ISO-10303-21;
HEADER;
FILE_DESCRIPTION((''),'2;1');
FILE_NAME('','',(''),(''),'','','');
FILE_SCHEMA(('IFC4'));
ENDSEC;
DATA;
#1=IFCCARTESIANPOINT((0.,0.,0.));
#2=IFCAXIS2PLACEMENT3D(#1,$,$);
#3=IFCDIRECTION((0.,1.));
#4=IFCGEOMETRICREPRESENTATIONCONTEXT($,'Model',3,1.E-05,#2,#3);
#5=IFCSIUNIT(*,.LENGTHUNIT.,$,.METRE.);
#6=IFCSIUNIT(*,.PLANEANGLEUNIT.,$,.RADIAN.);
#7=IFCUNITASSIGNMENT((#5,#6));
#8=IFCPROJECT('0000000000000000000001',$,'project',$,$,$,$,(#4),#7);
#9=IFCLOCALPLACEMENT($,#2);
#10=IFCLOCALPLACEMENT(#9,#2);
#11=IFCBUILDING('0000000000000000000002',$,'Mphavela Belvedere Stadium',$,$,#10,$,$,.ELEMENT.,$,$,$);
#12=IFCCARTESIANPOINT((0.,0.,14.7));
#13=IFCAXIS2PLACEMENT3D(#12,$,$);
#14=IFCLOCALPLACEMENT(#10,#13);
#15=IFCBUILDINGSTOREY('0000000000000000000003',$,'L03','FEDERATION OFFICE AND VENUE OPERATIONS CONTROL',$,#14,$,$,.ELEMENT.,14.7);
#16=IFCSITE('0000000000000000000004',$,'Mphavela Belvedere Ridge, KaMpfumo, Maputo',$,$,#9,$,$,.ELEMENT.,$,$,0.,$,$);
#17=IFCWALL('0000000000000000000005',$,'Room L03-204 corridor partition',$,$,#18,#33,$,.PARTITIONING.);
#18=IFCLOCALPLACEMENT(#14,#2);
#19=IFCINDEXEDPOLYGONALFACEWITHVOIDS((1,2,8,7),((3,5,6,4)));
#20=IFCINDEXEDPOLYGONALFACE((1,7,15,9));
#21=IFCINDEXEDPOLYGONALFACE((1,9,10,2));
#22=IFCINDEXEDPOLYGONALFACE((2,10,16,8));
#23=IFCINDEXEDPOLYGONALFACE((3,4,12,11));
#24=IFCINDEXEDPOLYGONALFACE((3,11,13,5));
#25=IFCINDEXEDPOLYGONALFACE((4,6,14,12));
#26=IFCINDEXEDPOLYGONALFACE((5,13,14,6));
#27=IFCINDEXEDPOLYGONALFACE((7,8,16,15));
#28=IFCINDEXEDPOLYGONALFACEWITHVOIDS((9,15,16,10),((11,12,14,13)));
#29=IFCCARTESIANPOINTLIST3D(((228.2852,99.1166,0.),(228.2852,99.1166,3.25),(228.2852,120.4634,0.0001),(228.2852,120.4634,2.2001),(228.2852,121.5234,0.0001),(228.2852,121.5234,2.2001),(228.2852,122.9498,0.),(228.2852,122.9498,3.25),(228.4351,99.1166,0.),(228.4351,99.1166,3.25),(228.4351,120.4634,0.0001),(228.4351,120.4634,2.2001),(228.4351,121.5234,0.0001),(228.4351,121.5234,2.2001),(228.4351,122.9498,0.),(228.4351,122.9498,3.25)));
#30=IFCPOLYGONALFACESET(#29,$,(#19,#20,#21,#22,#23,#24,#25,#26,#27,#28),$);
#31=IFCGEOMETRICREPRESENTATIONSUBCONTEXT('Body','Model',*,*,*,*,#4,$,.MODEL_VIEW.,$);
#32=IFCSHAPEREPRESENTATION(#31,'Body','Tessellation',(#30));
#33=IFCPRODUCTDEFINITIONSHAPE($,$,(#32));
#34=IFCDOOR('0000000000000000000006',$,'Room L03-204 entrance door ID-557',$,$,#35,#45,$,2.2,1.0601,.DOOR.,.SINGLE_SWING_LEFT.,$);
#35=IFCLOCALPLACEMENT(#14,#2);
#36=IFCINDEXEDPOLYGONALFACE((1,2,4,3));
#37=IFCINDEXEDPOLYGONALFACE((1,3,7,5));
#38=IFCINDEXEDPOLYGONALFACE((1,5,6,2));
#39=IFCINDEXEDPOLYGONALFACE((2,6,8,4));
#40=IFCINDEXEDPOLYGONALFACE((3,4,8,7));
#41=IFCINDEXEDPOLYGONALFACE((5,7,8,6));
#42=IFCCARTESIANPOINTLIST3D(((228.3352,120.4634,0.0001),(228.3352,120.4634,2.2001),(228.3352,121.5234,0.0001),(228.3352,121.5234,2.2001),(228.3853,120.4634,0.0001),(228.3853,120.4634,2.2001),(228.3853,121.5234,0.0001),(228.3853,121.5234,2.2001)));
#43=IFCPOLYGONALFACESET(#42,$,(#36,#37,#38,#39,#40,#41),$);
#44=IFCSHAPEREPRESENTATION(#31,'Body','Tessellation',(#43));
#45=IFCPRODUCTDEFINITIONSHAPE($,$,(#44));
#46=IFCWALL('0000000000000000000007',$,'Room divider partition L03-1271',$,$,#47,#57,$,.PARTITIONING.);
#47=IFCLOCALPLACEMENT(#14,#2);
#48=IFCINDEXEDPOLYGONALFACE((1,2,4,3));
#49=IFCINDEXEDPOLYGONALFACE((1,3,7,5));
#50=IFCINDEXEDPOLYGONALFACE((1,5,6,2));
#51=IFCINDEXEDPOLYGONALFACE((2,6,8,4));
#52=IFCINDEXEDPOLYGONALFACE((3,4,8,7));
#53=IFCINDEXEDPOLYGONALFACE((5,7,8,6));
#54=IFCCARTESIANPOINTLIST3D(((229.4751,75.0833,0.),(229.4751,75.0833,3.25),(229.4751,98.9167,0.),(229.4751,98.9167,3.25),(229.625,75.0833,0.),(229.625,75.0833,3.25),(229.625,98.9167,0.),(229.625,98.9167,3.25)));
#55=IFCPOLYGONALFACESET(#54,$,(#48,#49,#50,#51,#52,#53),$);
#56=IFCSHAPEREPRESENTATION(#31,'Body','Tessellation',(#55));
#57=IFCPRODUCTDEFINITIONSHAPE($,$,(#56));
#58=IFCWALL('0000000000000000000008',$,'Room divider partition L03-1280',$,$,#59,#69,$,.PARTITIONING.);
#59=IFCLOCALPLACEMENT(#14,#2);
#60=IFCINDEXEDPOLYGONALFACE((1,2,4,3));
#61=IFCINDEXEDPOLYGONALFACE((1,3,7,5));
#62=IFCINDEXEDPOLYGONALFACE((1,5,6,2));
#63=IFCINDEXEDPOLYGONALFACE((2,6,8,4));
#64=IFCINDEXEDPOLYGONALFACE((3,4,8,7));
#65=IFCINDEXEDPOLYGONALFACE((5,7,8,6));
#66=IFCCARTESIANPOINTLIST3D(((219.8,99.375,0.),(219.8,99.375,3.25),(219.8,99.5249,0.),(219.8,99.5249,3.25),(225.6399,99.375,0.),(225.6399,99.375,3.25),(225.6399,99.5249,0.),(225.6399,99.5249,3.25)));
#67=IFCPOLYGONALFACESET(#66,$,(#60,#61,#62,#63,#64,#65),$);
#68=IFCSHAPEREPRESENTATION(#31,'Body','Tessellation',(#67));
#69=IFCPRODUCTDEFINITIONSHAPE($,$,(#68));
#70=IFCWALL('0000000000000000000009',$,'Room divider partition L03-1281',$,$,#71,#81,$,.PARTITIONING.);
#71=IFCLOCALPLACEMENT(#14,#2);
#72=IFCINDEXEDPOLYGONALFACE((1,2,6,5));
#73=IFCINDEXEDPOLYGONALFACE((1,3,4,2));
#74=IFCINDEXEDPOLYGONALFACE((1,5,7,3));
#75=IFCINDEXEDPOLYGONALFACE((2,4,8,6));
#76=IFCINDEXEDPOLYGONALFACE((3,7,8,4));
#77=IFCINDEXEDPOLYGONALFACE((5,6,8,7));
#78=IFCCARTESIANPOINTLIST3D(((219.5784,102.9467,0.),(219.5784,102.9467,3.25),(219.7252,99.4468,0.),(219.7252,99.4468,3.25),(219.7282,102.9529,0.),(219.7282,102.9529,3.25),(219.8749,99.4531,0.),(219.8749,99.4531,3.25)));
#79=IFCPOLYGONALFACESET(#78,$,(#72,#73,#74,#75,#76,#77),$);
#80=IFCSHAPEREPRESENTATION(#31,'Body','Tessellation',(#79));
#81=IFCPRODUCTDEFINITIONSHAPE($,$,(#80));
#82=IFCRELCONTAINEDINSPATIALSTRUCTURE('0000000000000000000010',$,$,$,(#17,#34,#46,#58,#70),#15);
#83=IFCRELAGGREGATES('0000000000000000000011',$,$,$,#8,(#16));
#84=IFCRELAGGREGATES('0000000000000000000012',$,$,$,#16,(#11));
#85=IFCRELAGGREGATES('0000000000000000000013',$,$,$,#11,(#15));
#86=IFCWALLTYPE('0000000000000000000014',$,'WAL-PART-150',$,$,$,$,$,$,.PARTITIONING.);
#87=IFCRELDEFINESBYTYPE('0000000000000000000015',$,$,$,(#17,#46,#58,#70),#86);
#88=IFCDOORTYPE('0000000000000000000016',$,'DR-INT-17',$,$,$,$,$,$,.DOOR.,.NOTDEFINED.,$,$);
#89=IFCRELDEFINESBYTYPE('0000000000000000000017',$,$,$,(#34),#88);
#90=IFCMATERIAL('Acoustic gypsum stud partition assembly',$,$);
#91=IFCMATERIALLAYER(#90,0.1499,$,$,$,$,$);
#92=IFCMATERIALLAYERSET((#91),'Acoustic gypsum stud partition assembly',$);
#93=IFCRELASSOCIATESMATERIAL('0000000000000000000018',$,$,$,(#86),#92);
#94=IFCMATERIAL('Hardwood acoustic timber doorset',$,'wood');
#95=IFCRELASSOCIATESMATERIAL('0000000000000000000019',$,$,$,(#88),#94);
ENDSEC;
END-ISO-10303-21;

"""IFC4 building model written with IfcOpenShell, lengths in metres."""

from ifc_helpers import new_model, si_unit, direction, frame, frame_2d, origin, place, context, subcontext, project, spatial, rectangle, extrude, material, layer, layer_set, type_object, element, fill, save


model = new_model("IFC4")

# Units and contexts
model_context = context("Model", 3, precision=1e-05, world=origin(), true_north=direction((0.0, 1.0)))
body_context = subcontext(model_context, "Body", "Model", "MODEL_VIEW")
ifc_project = project(units=[si_unit("LENGTHUNIT", "METRE"), si_unit("PLANEANGLEUNIT", "RADIAN")], contexts=[model_context])

# Site, building, storey
site_placement = place(None, origin())
site = spatial("IfcSite", under=ifc_project, at=site_placement, Name="Mphavela Belvedere Ridge, KaMpfumo, Maputo", CompositionType="ELEMENT", RefElevation=0.0)
building_placement = place(site_placement, origin())
building = spatial("IfcBuilding", under=site, at=building_placement, Name="Mphavela Belvedere Stadium", CompositionType="ELEMENT")
storey_placement = place(building_placement, frame((0.0, 0.0, 14.7)))
storey = spatial("IfcBuildingStorey", under=building, at=storey_placement, Name="L03", Description="FEDERATION OFFICE AND VENUE OPERATIONS CONTROL", CompositionType="ELEMENT", Elevation=14.7)

# Wall, opening, door
ifc_material_1 = material(Name="Acoustic gypsum stud partition assembly")
ifc_layer_1 = layer(ifc_material_1, 0.1499)
ifc_layer_set_1 = layer_set([ifc_layer_1], Name="Acoustic gypsum stud partition assembly")
wall_type = type_object("IfcWallType", Name="WAL-PART-150", PredefinedType="PARTITIONING", material=ifc_layer_set_1)
wall_1_placement = place(storey_placement, frame((228.3601, 99.1167, 0.0), z_axis=(0.0, 0.0, 1.0), x_axis=(0.0, 1.0, 0.0)))
wall_1 = element("IfcWall", 1, at=wall_1_placement, inside=storey, type_object=wall_type, Name="Room L03-204 corridor partition", PredefinedType="PARTITIONING", context=body_context, shape_type="SweptSolid", body=[
    extrude(rectangle(XDim=23.8333, YDim=0.1499, at=frame_2d((11.9165, 0.0))), origin(), (0.0, 0.0, 1.0), 3.25),
])
opening_placement = place(wall_1_placement, frame((21.3467, 0.0, 0.0)))
opening = element("IfcOpeningElement", 2, at=opening_placement, cuts=wall_1, PredefinedType="OPENING", context=body_context, shape_type="SweptSolid", body=[
    extrude(rectangle(XDim=1.0601, YDim=2.2, at=frame_2d((0.53, 1.1001))), frame((0.0, 0.085, 0.0), z_axis=(0.0, -1.0, 0.0), x_axis=(1.0, 0.0, 0.0)), (0.0, 0.0, 1.0), 0.1699),
])
ifc_material_2 = material(Name="Hardwood acoustic timber doorset", Category="wood")
door_type = type_object("IfcDoorType", Name="DR-INT-17", OperationType="NOTDEFINED", PredefinedType="DOOR", material=ifc_material_2)
door_placement = place(opening_placement, origin())
door = element("IfcDoor", 3, at=door_placement, inside=storey, type_object=door_type, Name="Room L03-204 entrance door ID-557", OperationType="SINGLE_SWING_LEFT", OverallHeight=2.2, OverallWidth=1.0601, PredefinedType="DOOR", context=body_context, shape_type="SweptSolid", body=[
    extrude(rectangle(XDim=1.0601, YDim=2.2, at=frame_2d((0.53, 1.1001))), frame((0.0, 0.0249, 0.0), z_axis=(0.0, -1.0, 0.0), x_axis=(1.0, 0.0, 0.0)), (0.0, 0.0, 1.0), 0.05),
])
fill(opening, door)

# Walls
wall_2_placement = place(storey_placement, frame((229.55, 98.9167, 0.0), z_axis=(0.0, 0.0, 1.0), x_axis=(0.0, -1.0, 0.0)))
element("IfcWall", 4, at=wall_2_placement, inside=storey, type_object=wall_type, Name="Room divider partition L03-1271", PredefinedType="PARTITIONING", context=body_context, shape_type="SweptSolid", body=[
    extrude(rectangle(XDim=23.8335, YDim=0.1499, at=frame_2d((11.9167, 0.0))), origin(), (0.0, 0.0, 1.0), 3.25),
])
wall_3_placement = place(storey_placement, frame((225.6399, 99.45, 0.0), z_axis=(0.0, 0.0, 1.0), x_axis=(-1.0, 0.0, 0.0)))
element("IfcWall", 5, at=wall_3_placement, inside=storey, type_object=wall_type, Name="Room divider partition L03-1280", PredefinedType="PARTITIONING", context=body_context, shape_type="SweptSolid", body=[
    extrude(rectangle(XDim=5.8398, YDim=0.1499, at=frame_2d((2.9199, 0.0))), origin(), (0.0, 0.0, 1.0), 3.25),
])
wall_4_placement = place(storey_placement, frame((219.8, 99.45, 0.0), z_axis=(0.0, 0.0, 1.0), x_axis=(-0.041889, 0.999122, 0.0)))
element("IfcWall", 6, at=wall_4_placement, inside=storey, type_object=wall_type, Name="Room divider partition L03-1281", PredefinedType="PARTITIONING", context=body_context, shape_type="SweptSolid", body=[
    extrude(rectangle(XDim=3.5029, YDim=0.1499, at=frame_2d((1.7515, 0.0))), origin(), (0.0, 0.0, 1.0), 3.25),
])

save(model, "model.ifc")
